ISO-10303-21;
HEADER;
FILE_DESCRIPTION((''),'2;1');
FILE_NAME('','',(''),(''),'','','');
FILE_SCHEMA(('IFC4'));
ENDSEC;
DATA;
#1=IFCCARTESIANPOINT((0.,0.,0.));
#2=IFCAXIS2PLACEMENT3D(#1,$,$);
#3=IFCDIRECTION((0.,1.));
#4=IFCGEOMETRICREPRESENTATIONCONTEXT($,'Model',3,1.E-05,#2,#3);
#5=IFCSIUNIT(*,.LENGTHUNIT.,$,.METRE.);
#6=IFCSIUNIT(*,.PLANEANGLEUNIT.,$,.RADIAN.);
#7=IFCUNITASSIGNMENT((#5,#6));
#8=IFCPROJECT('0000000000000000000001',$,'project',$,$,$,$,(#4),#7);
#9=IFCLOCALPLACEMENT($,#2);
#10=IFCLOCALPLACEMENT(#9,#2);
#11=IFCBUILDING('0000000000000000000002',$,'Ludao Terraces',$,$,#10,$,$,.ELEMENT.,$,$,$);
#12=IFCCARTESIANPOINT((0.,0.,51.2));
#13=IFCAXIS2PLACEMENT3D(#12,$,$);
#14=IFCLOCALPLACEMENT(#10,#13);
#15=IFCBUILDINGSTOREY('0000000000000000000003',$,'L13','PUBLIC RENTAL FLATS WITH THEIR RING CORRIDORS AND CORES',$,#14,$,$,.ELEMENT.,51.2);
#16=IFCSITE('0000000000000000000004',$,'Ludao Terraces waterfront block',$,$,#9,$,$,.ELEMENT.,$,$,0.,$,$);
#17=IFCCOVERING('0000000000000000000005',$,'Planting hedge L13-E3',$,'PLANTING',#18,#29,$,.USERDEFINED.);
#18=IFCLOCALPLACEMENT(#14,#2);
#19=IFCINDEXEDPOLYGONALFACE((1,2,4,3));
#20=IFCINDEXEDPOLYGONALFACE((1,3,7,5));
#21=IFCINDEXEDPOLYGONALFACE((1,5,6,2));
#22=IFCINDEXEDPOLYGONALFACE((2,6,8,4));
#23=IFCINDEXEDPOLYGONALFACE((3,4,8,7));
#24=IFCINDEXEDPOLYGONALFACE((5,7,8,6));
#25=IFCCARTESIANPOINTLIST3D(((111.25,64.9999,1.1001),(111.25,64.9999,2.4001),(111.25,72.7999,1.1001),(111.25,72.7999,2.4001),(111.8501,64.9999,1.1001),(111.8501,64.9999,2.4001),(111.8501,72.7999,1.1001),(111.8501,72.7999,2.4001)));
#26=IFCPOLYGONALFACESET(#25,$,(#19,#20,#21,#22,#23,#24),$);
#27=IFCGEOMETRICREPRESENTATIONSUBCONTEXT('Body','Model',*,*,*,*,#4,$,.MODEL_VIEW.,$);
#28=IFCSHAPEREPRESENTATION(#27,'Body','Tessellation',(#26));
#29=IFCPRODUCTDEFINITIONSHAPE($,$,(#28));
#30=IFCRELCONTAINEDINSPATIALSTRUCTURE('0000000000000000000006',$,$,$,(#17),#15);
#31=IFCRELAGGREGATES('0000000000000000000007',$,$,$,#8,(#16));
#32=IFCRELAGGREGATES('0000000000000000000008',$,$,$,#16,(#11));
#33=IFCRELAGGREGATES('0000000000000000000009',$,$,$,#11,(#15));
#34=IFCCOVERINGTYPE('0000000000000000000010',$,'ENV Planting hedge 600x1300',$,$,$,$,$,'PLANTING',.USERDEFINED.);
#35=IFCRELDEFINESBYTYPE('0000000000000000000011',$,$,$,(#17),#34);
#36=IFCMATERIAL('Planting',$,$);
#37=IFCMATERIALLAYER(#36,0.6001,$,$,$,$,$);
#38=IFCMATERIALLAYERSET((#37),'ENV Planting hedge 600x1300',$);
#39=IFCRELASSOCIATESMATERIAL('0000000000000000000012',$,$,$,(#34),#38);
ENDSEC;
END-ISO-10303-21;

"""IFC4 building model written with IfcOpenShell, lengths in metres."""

from ifc_helpers import new_model, si_unit, direction, frame, origin, origin_2d, place, context, subcontext, project, spatial, rectangle, extrude, material, layer, layer_set, type_object, element, save


model = new_model("IFC4")

# Units and contexts
model_context = context("Model", 3, precision=1e-05, world=origin(), true_north=direction((0.0, 1.0)))
body_context = subcontext(model_context, "Body", "Model", "MODEL_VIEW")
ifc_project = project(units=[si_unit("LENGTHUNIT", "METRE"), si_unit("PLANEANGLEUNIT", "RADIAN")], contexts=[model_context])

# Site, building, storey
site_placement = place(None, origin())
site = spatial("IfcSite", under=ifc_project, at=site_placement, Name="Ludao Terraces waterfront block", CompositionType="ELEMENT", RefElevation=0.0)
building_placement = place(site_placement, origin())
building = spatial("IfcBuilding", under=site, at=building_placement, Name="Ludao Terraces", CompositionType="ELEMENT")
storey_placement = place(building_placement, frame((0.0, 0.0, 51.2)))
storey = spatial("IfcBuildingStorey", under=building, at=storey_placement, Name="L13", Description="PUBLIC RENTAL FLATS WITH THEIR RING CORRIDORS AND CORES", CompositionType="ELEMENT", Elevation=51.2)

# Covering
ifc_material_1 = material(Name="Planting")
ifc_layer_1 = layer(ifc_material_1, 0.6001)
ifc_layer_set_1 = layer_set([ifc_layer_1], Name="ENV Planting hedge 600x1300")
covering_type = type_object("IfcCoveringType", Name="ENV Planting hedge 600x1300", ElementType="PLANTING", PredefinedType="USERDEFINED", material=ifc_layer_set_1)
covering_placement = place(storey_placement, frame((111.55, 68.8999, 1.1001), z_axis=(0.0, 0.0, 1.0), x_axis=(1.0, 0.0, 0.0)))
element("IfcCovering", 1, at=covering_placement, inside=storey, type_object=covering_type, Name="Planting hedge L13-E3", ObjectType="PLANTING", PredefinedType="USERDEFINED", context=body_context, shape_type="SweptSolid", body=[
    extrude(rectangle(XDim=0.6001, YDim=7.8, at=origin_2d()), origin(), (0.0, 0.0, 1.0), 1.3),
])

save(model, "model.ifc")
